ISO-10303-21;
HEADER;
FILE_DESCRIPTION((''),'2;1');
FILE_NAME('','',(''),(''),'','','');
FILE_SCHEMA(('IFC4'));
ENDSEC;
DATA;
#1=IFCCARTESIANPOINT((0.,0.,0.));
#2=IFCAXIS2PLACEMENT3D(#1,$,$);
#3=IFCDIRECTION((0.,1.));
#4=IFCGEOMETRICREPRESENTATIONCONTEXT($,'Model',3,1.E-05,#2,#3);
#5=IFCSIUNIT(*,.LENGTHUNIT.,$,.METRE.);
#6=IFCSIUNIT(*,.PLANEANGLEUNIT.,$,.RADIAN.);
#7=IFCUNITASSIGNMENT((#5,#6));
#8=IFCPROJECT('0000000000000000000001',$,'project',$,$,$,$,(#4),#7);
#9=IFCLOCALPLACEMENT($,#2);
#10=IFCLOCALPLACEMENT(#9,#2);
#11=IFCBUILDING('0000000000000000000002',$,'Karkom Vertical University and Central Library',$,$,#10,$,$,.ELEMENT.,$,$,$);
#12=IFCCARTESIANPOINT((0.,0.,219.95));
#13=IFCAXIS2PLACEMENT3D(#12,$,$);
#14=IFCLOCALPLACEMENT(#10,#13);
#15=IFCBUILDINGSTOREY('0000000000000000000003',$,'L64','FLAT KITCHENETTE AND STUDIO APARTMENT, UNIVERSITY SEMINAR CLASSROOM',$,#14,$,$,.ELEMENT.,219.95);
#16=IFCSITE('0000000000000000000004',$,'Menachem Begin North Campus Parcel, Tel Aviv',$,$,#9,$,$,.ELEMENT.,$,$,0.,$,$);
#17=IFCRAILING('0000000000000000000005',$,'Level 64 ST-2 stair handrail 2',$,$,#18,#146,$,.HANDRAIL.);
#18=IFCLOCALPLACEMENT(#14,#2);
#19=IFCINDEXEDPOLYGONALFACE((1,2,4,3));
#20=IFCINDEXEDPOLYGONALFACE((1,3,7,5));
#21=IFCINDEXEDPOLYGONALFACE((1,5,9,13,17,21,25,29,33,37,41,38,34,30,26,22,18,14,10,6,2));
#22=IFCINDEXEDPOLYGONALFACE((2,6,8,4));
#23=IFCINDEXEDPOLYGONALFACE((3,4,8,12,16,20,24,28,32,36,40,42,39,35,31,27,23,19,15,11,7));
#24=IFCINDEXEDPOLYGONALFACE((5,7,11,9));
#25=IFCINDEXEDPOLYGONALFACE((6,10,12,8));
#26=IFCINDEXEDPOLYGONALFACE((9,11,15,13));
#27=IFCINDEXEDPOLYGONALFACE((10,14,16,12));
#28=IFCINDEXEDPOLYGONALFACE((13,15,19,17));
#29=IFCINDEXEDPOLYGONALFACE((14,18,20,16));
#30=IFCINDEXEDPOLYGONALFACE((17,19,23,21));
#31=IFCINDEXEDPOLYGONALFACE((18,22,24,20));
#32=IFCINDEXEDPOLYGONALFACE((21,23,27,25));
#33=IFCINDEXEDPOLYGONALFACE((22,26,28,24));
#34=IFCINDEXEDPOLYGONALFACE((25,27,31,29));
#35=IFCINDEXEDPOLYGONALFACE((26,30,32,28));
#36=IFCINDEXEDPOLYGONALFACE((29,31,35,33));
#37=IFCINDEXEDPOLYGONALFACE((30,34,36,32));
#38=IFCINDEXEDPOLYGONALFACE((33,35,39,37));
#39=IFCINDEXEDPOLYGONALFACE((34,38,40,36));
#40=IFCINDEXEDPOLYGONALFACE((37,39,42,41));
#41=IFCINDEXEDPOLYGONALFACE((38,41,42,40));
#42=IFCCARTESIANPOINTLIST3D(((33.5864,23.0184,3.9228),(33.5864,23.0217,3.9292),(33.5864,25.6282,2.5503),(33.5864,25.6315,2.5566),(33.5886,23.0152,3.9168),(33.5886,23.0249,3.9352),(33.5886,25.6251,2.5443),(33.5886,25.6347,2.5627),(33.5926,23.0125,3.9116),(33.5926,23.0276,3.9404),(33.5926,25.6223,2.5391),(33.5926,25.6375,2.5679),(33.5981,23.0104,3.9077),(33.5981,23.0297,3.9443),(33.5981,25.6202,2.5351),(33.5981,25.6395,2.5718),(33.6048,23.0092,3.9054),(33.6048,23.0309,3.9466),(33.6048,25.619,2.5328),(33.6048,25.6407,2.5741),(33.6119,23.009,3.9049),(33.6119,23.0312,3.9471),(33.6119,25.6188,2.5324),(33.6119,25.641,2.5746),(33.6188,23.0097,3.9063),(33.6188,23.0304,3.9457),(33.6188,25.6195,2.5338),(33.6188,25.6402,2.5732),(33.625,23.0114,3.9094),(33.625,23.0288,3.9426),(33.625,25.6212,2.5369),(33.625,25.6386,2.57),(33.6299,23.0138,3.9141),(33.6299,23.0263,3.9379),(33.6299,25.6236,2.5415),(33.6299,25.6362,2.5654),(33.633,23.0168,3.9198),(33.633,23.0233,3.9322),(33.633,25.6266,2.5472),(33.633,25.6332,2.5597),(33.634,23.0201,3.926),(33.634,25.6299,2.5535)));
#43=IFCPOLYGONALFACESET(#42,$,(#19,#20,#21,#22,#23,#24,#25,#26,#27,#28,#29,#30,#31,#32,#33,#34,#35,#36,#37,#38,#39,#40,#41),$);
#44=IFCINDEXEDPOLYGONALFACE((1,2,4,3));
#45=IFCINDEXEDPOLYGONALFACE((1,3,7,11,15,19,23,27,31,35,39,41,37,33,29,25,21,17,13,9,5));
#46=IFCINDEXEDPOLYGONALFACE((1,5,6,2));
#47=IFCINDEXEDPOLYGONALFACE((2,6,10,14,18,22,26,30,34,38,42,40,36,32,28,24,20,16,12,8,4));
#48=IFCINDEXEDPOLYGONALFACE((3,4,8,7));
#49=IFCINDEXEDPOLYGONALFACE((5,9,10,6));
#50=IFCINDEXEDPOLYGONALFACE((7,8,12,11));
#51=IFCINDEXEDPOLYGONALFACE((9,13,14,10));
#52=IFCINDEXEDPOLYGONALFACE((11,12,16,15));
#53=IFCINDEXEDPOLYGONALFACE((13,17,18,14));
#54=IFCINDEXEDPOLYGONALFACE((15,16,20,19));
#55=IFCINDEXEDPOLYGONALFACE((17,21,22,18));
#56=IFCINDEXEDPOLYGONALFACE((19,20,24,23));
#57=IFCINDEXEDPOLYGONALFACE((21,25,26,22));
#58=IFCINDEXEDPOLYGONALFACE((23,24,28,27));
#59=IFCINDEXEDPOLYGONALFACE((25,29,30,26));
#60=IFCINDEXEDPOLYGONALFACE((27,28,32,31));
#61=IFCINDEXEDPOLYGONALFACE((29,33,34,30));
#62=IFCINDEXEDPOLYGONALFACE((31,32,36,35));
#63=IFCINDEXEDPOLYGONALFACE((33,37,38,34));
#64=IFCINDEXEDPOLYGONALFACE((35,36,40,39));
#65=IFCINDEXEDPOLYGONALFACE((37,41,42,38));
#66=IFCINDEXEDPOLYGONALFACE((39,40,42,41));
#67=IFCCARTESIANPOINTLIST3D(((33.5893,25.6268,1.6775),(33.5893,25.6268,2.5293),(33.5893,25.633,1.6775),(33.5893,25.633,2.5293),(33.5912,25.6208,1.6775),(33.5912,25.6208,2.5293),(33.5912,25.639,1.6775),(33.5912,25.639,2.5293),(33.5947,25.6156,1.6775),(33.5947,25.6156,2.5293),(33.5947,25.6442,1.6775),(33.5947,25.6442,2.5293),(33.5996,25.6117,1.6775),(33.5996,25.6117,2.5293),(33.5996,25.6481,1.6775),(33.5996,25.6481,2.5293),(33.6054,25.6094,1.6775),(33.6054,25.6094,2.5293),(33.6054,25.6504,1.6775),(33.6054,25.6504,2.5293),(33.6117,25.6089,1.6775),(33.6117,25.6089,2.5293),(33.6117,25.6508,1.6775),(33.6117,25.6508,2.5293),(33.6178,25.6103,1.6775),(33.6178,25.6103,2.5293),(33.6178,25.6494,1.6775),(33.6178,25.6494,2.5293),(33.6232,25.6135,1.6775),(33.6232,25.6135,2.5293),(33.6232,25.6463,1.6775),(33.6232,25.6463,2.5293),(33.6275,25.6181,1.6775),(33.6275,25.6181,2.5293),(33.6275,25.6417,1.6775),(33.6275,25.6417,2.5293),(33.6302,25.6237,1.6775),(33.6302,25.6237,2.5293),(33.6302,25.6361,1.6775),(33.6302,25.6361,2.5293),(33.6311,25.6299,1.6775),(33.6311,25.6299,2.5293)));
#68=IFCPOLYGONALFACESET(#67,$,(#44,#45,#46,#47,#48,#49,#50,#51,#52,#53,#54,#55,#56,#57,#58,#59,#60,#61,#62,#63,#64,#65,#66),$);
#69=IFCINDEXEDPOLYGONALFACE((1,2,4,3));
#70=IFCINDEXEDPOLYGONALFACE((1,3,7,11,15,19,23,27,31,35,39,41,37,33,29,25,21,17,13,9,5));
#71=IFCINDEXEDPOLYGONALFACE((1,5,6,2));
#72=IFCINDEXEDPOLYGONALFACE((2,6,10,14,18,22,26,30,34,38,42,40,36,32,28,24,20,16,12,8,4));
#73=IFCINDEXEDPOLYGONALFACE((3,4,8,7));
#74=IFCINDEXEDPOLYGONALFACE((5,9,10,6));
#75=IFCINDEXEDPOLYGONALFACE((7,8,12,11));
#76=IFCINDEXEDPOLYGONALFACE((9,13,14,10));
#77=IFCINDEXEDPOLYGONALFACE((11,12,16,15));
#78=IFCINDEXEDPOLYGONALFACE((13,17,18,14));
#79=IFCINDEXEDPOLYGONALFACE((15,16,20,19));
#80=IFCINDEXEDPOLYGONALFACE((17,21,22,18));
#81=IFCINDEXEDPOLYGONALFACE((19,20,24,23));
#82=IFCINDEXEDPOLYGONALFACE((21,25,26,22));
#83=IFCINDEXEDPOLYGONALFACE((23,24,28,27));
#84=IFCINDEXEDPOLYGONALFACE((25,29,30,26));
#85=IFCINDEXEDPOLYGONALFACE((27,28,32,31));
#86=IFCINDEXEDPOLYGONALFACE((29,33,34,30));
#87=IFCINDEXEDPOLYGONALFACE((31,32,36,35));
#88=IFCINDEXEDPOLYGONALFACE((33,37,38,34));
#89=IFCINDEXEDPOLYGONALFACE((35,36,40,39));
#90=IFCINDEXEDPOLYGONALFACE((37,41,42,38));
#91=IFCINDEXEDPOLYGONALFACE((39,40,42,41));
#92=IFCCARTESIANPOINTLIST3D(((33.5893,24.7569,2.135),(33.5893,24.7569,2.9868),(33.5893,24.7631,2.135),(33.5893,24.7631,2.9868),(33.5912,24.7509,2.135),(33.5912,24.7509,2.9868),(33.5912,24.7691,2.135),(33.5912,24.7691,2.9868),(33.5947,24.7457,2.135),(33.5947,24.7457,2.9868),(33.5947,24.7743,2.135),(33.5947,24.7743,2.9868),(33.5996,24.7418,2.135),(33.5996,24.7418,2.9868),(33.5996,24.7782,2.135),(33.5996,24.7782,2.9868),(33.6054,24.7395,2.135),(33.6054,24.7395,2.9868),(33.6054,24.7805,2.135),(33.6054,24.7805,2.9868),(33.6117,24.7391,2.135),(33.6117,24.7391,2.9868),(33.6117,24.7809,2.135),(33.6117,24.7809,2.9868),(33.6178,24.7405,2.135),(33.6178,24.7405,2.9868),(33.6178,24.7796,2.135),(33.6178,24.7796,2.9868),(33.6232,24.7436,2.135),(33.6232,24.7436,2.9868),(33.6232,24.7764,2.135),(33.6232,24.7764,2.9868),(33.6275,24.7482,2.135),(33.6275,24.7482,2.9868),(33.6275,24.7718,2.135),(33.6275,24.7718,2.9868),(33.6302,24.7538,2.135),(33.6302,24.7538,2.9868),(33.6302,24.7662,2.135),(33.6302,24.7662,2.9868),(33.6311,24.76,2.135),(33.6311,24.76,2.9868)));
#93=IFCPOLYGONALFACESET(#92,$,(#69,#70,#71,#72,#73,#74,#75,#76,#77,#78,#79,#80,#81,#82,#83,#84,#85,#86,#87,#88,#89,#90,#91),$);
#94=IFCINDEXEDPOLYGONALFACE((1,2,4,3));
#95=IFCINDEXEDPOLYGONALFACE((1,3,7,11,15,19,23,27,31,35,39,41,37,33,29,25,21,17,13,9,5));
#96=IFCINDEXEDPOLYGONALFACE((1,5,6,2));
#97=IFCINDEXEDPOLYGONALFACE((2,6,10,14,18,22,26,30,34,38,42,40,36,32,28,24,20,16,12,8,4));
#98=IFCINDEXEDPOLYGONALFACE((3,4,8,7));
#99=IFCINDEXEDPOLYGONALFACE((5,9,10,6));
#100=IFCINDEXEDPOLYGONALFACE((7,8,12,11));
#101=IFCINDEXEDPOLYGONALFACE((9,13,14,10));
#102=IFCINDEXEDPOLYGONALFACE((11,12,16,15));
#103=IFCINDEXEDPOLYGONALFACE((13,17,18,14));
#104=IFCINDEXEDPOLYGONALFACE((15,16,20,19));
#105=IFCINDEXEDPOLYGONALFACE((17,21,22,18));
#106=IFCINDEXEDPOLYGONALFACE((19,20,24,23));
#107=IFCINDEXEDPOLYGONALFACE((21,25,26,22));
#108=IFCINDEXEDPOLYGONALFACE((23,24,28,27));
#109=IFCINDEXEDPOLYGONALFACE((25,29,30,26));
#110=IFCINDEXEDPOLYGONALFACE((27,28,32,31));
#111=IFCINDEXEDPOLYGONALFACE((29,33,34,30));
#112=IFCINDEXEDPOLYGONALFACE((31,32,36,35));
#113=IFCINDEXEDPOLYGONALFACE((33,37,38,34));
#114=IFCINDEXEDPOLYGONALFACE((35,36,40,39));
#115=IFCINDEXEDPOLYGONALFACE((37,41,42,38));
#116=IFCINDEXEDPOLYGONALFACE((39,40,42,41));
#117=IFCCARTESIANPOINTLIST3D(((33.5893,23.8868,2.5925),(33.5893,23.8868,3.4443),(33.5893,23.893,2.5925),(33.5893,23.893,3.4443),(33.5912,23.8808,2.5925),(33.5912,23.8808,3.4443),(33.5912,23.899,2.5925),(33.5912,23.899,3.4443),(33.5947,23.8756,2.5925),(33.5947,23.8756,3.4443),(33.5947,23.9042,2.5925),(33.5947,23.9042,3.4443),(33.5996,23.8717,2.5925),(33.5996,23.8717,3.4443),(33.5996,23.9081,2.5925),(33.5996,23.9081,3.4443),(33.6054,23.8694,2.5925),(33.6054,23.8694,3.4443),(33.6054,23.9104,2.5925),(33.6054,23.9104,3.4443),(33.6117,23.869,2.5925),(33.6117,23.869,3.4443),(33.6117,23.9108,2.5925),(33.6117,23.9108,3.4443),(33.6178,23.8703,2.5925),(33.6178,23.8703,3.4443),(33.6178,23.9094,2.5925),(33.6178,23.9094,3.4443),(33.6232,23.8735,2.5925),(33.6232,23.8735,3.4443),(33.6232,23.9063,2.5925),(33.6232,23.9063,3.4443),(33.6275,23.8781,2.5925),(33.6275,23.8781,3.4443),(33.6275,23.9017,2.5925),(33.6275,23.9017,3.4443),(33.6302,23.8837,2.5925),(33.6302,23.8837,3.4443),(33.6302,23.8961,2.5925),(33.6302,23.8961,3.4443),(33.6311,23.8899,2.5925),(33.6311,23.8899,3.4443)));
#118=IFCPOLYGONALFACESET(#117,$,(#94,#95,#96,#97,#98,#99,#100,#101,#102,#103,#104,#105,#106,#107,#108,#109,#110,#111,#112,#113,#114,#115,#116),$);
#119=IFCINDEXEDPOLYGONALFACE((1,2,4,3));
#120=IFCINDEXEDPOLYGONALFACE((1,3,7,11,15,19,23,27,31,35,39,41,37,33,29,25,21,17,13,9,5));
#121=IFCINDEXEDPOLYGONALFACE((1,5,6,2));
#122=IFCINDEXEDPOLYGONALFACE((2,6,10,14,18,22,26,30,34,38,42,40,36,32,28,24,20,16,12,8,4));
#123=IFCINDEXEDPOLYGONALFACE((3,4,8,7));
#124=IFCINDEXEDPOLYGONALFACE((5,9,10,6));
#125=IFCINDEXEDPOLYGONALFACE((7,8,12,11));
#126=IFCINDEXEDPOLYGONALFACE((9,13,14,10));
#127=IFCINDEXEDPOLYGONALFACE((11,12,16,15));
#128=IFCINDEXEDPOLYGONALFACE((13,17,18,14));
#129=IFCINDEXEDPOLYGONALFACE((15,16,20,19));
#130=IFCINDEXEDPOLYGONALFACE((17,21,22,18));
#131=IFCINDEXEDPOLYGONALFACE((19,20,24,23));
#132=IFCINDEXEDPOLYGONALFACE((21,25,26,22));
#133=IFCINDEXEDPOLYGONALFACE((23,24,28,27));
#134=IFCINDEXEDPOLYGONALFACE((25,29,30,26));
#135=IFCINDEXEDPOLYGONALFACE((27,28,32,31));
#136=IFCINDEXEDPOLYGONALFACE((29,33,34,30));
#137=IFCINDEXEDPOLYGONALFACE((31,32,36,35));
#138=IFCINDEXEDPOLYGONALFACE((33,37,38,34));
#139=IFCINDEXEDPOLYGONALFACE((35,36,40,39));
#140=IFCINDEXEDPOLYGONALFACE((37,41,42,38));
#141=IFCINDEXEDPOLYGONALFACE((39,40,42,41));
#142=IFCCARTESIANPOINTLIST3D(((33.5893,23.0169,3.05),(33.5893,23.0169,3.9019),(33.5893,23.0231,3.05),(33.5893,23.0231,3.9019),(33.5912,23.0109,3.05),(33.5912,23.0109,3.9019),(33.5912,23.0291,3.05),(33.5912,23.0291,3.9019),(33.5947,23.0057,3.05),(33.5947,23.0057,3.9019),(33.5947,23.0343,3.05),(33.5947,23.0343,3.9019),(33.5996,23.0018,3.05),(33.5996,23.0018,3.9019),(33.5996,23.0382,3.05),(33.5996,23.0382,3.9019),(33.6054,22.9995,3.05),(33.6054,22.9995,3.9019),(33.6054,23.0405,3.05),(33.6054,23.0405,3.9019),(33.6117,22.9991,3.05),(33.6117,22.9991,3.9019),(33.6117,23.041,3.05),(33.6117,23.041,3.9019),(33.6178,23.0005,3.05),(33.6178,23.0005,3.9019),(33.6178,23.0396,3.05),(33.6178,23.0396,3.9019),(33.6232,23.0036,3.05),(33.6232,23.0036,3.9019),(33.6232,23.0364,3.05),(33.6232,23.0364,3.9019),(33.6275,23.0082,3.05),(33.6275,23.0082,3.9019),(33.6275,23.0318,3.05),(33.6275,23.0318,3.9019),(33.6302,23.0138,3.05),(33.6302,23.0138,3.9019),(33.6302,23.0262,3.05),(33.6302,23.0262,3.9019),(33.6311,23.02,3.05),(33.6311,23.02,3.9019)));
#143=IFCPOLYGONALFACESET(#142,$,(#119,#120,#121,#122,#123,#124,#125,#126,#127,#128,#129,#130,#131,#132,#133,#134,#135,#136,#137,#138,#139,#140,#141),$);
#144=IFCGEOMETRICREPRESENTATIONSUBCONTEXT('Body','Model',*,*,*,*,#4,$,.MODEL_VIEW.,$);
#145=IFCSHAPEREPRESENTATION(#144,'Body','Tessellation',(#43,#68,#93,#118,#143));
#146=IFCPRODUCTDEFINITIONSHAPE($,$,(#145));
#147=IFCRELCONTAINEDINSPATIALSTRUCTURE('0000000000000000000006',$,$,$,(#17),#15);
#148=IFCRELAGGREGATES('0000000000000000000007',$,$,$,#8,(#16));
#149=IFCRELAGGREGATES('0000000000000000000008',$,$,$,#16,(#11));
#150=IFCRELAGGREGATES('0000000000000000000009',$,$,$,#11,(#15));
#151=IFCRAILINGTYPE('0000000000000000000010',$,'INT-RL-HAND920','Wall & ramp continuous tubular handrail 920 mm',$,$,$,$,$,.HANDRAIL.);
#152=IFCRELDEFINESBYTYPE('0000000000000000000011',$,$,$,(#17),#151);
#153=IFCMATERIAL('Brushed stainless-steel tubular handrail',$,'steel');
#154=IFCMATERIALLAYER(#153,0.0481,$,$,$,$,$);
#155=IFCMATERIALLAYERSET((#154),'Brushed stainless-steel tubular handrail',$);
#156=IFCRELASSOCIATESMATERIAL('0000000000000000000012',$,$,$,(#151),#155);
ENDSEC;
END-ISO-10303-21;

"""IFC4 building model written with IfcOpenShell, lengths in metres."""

from ifc_helpers import new_model, si_unit, direction, frame, origin, origin_2d, place, context, subcontext, project, spatial, circle, extrude, material, layer, layer_set, type_object, element, save


model = new_model("IFC4")

# Units and contexts
model_context = context("Model", 3, precision=1e-05, world=origin(), true_north=direction((0.0, 1.0)))
body_context = subcontext(model_context, "Body", "Model", "MODEL_VIEW")
ifc_project = project(units=[si_unit("LENGTHUNIT", "METRE"), si_unit("PLANEANGLEUNIT", "RADIAN")], contexts=[model_context])

# Site, building, storey
site_placement = place(None, origin())
site = spatial("IfcSite", under=ifc_project, at=site_placement, Name="Menachem Begin North Campus Parcel, Tel Aviv", CompositionType="ELEMENT", RefElevation=0.0)
building_placement = place(site_placement, origin())
building = spatial("IfcBuilding", under=site, at=building_placement, Name="Karkom Vertical University and Central Library", CompositionType="ELEMENT")
storey_placement = place(building_placement, frame((0.0, 0.0, 219.95)))
storey = spatial("IfcBuildingStorey", under=building, at=storey_placement, Name="L64", Description="FLAT KITCHENETTE AND STUDIO APARTMENT, UNIVERSITY SEMINAR CLASSROOM", CompositionType="ELEMENT", Elevation=219.95)

# Railing
ifc_material_1 = material(Name="Brushed stainless-steel tubular handrail", Category="steel")
ifc_layer_1 = layer(ifc_material_1, 0.0481)
ifc_layer_set_1 = layer_set([ifc_layer_1], Name="Brushed stainless-steel tubular handrail")
railing_type_1 = type_object("IfcRailingType", Name="INT-RL-HAND920", Description="Wall & ramp continuous tubular handrail 920 mm", PredefinedType="HANDRAIL", material=ifc_layer_set_1)
railing_1_placement = place(storey_placement, frame((33.6101, 25.6299, 1.6775)))
element("IfcRailing", 1, at=railing_1_placement, inside=storey, type_object=railing_type_1, Name="Level 64 ST-2 stair handrail 2", PredefinedType="HANDRAIL", context=body_context, shape_type="SweptSolid", body=[
    extrude(circle(Radius=0.0239, at=origin_2d()), frame((0.0, 0.0, 0.876), z_axis=(0.0, -0.885065, 0.465467), x_axis=(1.0, 0.0, 0.0)), (0.0, 0.0, 1.0), 2.9487),
    extrude(circle(Radius=0.021, at=origin_2d()), origin(), (0.0, 0.0, 1.0), 0.8518),
    extrude(circle(Radius=0.021, at=origin_2d()), frame((0.0, -0.8699, 0.4575)), (0.0, 0.0, 1.0), 0.8518),
    extrude(circle(Radius=0.021, at=origin_2d()), frame((0.0, -1.74, 0.915)), (0.0, 0.0, 1.0), 0.8518),
    extrude(circle(Radius=0.021, at=origin_2d()), frame((0.0, -2.6099, 1.3726)), (0.0, 0.0, 1.0), 0.8518),
])

save(model, "model.ifc")
